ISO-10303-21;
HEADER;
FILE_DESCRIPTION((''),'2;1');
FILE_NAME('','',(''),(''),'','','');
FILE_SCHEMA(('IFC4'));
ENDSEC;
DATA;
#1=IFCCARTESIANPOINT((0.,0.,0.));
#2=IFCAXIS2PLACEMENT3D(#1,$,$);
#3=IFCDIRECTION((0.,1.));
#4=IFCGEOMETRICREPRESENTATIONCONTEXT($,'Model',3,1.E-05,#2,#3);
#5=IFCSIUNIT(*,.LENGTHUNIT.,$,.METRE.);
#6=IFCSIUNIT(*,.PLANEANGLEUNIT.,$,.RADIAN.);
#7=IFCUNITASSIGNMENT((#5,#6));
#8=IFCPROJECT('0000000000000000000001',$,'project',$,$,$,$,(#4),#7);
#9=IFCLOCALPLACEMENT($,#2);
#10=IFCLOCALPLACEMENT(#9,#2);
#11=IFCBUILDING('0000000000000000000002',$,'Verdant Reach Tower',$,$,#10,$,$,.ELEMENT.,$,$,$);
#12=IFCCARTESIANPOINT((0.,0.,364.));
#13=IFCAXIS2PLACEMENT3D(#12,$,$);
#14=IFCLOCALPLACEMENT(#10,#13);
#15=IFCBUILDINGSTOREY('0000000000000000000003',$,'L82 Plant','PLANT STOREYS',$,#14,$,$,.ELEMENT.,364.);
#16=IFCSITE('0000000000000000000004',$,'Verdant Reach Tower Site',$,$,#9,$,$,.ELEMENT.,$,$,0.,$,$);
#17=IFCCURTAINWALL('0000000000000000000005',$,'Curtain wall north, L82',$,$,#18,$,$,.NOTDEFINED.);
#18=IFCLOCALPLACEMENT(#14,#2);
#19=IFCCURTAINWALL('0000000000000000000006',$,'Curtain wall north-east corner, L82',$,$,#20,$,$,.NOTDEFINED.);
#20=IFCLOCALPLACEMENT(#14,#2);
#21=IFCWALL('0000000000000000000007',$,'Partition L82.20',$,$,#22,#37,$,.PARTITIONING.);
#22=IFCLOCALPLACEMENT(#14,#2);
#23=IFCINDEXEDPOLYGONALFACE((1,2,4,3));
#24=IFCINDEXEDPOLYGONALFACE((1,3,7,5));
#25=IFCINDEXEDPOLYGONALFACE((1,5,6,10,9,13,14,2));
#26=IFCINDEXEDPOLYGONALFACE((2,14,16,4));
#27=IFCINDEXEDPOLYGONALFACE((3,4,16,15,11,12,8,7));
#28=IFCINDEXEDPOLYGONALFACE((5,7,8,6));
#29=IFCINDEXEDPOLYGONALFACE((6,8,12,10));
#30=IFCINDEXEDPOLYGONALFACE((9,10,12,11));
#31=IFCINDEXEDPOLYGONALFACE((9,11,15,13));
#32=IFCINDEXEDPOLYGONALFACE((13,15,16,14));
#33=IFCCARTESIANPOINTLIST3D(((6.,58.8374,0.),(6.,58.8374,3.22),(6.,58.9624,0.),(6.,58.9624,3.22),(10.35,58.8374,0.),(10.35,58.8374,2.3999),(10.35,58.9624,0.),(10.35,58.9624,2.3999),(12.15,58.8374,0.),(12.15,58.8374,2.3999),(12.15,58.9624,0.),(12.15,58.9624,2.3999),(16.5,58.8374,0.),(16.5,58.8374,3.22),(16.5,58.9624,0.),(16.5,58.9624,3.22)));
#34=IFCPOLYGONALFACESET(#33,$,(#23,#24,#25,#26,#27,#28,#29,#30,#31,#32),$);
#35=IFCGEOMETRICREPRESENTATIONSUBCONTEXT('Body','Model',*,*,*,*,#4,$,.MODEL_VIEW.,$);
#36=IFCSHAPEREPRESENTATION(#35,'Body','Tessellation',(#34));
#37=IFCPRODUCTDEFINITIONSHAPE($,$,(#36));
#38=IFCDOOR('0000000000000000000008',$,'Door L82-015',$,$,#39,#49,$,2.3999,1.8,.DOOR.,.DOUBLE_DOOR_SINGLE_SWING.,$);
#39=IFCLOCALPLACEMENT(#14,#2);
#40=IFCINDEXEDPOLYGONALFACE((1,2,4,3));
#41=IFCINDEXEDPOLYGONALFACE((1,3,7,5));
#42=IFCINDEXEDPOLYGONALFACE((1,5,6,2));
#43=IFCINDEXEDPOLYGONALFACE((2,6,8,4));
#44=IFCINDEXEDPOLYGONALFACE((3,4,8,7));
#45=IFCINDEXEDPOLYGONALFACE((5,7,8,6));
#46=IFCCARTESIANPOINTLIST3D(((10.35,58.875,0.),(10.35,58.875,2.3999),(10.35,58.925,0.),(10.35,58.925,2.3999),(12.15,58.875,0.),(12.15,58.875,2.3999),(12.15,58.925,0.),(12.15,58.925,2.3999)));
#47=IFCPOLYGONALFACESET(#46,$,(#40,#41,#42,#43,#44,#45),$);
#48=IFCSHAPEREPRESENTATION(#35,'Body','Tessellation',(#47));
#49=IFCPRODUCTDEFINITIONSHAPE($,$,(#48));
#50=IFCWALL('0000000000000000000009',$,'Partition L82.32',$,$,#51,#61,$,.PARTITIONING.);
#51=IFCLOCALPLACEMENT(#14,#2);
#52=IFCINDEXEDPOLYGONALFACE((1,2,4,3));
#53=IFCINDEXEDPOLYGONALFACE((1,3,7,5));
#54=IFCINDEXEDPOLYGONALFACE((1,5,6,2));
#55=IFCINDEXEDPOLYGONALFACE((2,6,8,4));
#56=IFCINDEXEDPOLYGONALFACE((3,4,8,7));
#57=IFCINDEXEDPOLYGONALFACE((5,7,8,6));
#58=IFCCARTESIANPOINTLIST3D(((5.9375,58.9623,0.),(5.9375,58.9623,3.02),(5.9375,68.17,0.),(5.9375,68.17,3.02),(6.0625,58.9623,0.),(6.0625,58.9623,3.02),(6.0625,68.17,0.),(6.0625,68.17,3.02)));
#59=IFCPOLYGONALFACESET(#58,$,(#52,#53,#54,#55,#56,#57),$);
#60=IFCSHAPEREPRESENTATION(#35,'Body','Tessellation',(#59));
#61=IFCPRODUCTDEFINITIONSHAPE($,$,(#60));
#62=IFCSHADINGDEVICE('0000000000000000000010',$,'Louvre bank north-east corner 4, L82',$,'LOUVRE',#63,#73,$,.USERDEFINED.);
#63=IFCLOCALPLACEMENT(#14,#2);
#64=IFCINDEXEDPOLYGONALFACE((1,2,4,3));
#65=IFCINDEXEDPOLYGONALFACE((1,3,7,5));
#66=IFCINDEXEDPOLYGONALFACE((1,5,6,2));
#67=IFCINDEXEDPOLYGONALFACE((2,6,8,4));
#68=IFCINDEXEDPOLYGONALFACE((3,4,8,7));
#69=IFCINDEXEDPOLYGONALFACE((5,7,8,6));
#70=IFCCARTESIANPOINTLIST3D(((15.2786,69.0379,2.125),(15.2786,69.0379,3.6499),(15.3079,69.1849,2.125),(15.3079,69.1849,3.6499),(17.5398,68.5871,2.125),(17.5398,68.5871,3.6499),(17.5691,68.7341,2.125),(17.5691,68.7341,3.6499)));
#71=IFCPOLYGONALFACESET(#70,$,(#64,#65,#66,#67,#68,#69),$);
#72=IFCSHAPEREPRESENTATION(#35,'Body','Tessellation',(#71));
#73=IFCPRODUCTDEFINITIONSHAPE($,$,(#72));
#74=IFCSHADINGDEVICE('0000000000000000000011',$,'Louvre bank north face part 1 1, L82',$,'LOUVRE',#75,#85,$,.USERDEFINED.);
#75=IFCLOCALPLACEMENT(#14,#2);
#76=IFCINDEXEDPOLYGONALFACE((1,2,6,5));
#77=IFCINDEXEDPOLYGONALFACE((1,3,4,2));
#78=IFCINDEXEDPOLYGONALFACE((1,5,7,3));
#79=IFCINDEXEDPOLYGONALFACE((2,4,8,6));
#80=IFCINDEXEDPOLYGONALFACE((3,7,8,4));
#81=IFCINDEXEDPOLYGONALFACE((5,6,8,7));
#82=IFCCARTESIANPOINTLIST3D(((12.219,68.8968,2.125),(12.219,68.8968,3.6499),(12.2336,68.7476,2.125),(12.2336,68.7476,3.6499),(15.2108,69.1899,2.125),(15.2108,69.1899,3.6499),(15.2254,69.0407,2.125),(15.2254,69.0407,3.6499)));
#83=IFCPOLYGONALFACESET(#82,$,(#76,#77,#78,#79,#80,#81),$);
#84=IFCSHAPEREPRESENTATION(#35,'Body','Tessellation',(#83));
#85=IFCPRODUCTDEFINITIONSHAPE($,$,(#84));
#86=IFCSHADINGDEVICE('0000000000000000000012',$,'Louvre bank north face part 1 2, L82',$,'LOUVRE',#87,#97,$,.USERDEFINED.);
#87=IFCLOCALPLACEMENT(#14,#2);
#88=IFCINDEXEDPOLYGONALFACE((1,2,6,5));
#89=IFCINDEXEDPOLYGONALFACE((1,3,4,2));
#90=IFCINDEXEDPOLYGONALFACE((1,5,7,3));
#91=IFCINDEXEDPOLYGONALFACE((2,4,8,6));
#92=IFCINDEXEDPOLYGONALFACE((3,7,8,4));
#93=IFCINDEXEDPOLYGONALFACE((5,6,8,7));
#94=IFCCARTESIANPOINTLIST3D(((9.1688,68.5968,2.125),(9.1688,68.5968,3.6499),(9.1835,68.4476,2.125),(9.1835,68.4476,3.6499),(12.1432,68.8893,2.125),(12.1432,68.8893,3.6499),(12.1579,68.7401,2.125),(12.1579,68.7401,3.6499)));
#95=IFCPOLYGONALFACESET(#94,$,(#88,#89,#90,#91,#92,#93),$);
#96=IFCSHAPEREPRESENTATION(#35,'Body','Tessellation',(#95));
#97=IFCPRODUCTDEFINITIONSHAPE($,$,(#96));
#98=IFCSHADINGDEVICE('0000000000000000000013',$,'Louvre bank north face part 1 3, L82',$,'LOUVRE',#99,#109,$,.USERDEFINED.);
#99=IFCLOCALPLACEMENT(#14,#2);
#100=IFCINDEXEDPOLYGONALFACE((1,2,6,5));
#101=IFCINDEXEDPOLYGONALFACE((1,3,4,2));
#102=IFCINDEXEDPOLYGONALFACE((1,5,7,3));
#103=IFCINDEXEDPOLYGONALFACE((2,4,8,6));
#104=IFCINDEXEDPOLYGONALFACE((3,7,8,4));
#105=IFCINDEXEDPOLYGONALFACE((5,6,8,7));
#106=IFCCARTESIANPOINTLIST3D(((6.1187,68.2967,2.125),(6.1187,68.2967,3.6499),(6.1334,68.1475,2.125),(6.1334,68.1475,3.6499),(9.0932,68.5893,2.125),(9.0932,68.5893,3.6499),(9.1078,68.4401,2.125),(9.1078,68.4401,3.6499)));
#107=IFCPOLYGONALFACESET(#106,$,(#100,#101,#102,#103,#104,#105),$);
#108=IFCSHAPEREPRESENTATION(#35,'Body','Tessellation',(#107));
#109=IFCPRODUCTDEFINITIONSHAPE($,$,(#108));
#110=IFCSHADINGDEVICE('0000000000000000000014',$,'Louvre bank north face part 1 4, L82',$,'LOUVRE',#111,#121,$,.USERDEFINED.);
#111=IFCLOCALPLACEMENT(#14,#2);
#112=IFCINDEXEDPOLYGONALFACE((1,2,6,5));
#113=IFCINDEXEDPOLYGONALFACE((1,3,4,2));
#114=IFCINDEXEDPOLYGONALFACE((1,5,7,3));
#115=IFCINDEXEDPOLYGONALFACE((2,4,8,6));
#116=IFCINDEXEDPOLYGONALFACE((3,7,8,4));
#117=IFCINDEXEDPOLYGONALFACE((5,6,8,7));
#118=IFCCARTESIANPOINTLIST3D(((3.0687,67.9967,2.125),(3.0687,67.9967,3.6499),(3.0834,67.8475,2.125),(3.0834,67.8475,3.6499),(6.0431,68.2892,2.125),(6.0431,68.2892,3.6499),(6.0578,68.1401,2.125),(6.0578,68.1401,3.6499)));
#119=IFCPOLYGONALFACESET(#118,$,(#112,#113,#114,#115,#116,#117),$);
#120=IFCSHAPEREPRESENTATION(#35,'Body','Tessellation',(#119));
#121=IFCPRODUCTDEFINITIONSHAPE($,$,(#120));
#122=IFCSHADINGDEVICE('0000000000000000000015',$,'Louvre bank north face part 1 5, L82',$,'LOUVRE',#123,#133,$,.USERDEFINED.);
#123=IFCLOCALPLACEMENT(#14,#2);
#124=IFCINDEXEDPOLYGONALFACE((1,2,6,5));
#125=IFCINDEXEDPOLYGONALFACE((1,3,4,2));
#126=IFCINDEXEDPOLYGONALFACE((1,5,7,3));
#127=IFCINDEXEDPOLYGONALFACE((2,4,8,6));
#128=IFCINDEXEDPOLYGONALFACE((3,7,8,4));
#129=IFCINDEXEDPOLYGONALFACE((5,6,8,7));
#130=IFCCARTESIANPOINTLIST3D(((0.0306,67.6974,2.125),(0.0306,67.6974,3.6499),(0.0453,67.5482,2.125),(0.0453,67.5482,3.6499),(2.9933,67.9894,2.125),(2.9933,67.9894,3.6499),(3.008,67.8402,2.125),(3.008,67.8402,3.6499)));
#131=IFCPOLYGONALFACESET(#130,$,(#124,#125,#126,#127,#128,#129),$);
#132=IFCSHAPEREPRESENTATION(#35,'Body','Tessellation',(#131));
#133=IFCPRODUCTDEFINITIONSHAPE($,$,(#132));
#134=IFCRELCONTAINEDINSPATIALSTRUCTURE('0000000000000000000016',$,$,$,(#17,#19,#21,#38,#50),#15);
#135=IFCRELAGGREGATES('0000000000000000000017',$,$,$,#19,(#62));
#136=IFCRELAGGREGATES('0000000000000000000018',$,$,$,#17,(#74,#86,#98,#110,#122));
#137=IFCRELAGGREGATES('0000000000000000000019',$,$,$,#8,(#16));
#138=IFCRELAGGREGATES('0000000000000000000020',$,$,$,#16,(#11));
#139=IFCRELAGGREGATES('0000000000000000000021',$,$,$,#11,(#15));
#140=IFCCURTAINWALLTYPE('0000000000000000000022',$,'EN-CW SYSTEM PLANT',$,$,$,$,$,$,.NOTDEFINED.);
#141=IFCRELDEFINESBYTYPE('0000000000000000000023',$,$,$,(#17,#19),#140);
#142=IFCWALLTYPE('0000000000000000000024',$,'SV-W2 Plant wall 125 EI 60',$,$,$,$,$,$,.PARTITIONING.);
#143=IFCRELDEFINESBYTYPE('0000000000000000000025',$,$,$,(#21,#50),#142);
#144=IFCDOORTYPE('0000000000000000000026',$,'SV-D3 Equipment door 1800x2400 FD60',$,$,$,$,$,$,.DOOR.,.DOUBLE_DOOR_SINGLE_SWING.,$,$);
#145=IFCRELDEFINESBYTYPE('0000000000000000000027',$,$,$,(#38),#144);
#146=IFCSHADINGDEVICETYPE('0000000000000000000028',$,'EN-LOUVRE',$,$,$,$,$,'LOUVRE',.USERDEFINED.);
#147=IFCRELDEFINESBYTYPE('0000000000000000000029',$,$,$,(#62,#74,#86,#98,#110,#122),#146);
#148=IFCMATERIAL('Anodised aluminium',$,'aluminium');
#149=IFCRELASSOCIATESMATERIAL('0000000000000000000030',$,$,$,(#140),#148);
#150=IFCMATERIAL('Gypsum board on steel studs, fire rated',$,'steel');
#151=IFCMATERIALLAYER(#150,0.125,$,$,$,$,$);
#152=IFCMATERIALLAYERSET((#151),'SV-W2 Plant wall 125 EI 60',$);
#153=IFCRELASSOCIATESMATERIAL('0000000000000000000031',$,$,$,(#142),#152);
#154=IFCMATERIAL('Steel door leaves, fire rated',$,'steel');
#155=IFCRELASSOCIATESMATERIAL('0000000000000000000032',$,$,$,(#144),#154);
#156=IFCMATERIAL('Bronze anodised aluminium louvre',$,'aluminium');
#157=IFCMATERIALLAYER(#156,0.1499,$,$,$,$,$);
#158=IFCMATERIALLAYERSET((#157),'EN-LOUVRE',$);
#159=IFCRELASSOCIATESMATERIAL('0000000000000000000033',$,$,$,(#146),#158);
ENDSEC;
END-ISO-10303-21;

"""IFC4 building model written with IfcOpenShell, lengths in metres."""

from ifc_helpers import new_model, si_unit, direction, frame, frame_2d, origin, origin_2d, place, context, subcontext, project, spatial, rectangle, extrude, material, layer, layer_set, type_object, element, fill, aggregate, save


model = new_model("IFC4")

# Units and contexts
model_context = context("Model", 3, precision=1e-05, world=origin(), true_north=direction((0.0, 1.0)))
body_context = subcontext(model_context, "Body", "Model", "MODEL_VIEW")
ifc_project = project(units=[si_unit("LENGTHUNIT", "METRE"), si_unit("PLANEANGLEUNIT", "RADIAN")], contexts=[model_context])

# Site, building, storey
site_placement = place(None, origin())
site = spatial("IfcSite", under=ifc_project, at=site_placement, Name="Verdant Reach Tower Site", CompositionType="ELEMENT", RefElevation=0.0)
building_placement = place(site_placement, origin())
building = spatial("IfcBuilding", under=site, at=building_placement, Name="Verdant Reach Tower", CompositionType="ELEMENT")
storey_placement = place(building_placement, frame((0.0, 0.0, 364.0)))
storey = spatial("IfcBuildingStorey", under=building, at=storey_placement, Name="L82 Plant", Description="PLANT STOREYS", CompositionType="ELEMENT", Elevation=364.0)

# Curtain wall
ifc_material_1 = material(Name="Anodised aluminium", Category="aluminium")
curtain_wall_type = type_object("IfcCurtainWallType", Name="EN-CW SYSTEM PLANT", PredefinedType="NOTDEFINED", material=ifc_material_1)
curtain_wall_1_placement = place(storey_placement, origin())
curtain_wall_1 = element("IfcCurtainWall", 1, at=curtain_wall_1_placement, inside=storey, type_object=curtain_wall_type, Name="Curtain wall north, L82", PredefinedType="NOTDEFINED")

# Curtain wall
curtain_wall_2_placement = place(storey_placement, origin())
curtain_wall_2 = element("IfcCurtainWall", 2, at=curtain_wall_2_placement, inside=storey, type_object=curtain_wall_type, Name="Curtain wall north-east corner, L82", PredefinedType="NOTDEFINED")

# Wall, opening, door
ifc_material_2 = material(Name="Gypsum board on steel studs, fire rated", Category="steel")
ifc_layer_1 = layer(ifc_material_2, 0.125)
ifc_layer_set_1 = layer_set([ifc_layer_1], Name="SV-W2 Plant wall 125 EI 60")
wall_type = type_object("IfcWallType", Name="SV-W2 Plant wall 125 EI 60", PredefinedType="PARTITIONING", material=ifc_layer_set_1)
wall_1_placement = place(storey_placement, frame((16.5, 58.8999, 0.0), z_axis=(0.0, 0.0, 1.0), x_axis=(-1.0, 0.0, 0.0)))
wall_1 = element("IfcWall", 3, at=wall_1_placement, inside=storey, type_object=wall_type, Name="Partition L82.20", PredefinedType="PARTITIONING", context=body_context, shape_type="SweptSolid", body=[
    extrude(rectangle(XDim=10.5, YDim=0.125, at=frame_2d((5.25, 0.0))), origin(), (0.0, 0.0, 1.0), 3.22),
])
opening_placement = place(wall_1_placement, frame((4.3501, 0.0, 0.0)))
opening = element("IfcOpeningElement", 4, at=opening_placement, cuts=wall_1, PredefinedType="OPENING", context=body_context, shape_type="SweptSolid", body=[
    extrude(rectangle(XDim=1.8, YDim=2.3999, at=frame_2d((0.8999, 1.2))), frame((0.0, 0.0725, 0.0), z_axis=(0.0, -1.0, 0.0), x_axis=(1.0, 0.0, 0.0)), (0.0, 0.0, 1.0), 0.145),
])
ifc_material_3 = material(Name="Steel door leaves, fire rated", Category="steel")
door_type = type_object("IfcDoorType", Name="SV-D3 Equipment door 1800x2400 FD60", OperationType="DOUBLE_DOOR_SINGLE_SWING", PredefinedType="DOOR", material=ifc_material_3)
door_placement = place(opening_placement, origin())
door = element("IfcDoor", 5, at=door_placement, inside=storey, type_object=door_type, Name="Door L82-015", OperationType="DOUBLE_DOOR_SINGLE_SWING", OverallHeight=2.3999, OverallWidth=1.8, PredefinedType="DOOR", context=body_context, shape_type="SweptSolid", body=[
    extrude(rectangle(XDim=1.8, YDim=2.3999, at=frame_2d((0.8999, 1.2))), frame((0.0, 0.0249, 0.0), z_axis=(0.0, -1.0, 0.0), x_axis=(1.0, 0.0, 0.0)), (0.0, 0.0, 1.0), 0.05),
])
fill(opening, door)

# Wall
wall_2_placement = place(storey_placement, frame((6.0, 68.1702, 0.0), z_axis=(0.0, 0.0, 1.0), x_axis=(0.0, -1.0, 0.0)))
element("IfcWall", 6, at=wall_2_placement, inside=storey, type_object=wall_type, Name="Partition L82.32", PredefinedType="PARTITIONING", context=body_context, shape_type="SweptSolid", body=[
    extrude(rectangle(XDim=9.2078, YDim=0.125, at=frame_2d((4.604, 0.0))), origin(), (0.0, 0.0, 1.0), 3.02),
])

# Shading devices
ifc_material_4 = material(Name="Bronze anodised aluminium louvre", Category="aluminium")
ifc_layer_2 = layer(ifc_material_4, 0.1499)
ifc_layer_set_2 = layer_set([ifc_layer_2], Name="EN-LOUVRE")
shading_device_type = type_object("IfcShadingDeviceType", Name="EN-LOUVRE", ElementType="LOUVRE", PredefinedType="USERDEFINED", material=ifc_layer_set_2)
shading_device_1_placement = place(storey_placement, frame((16.4238, 68.886, 2.125), z_axis=(0.0, 0.0, 1.0), x_axis=(-0.980705, 0.195493, 0.0)))
shading_device_1 = element("IfcShadingDevice", 7, at=shading_device_1_placement, type_object=shading_device_type, Name="Louvre bank north-east corner 4, L82", ObjectType="LOUVRE", PredefinedType="USERDEFINED", context=body_context, shape_type="SweptSolid", body=[
    extrude(rectangle(XDim=2.3057, YDim=0.1499, at=origin_2d()), origin(), (0.0, 0.0, 1.0), 1.5249),
])
aggregate(curtain_wall_2, [shading_device_1])
shading_device_2_placement = place(storey_placement, frame((13.7222, 68.9688, 2.125), z_axis=(0.0, 0.0, 1.0), x_axis=(-0.995238, -0.097473, 0.0)))
shading_device_2 = element("IfcShadingDevice", 8, at=shading_device_2_placement, type_object=shading_device_type, Name="Louvre bank north face part 1 1, L82", ObjectType="LOUVRE", PredefinedType="USERDEFINED", context=body_context, shape_type="SweptSolid", body=[
    extrude(rectangle(XDim=3.0061, YDim=0.1499, at=origin_2d()), origin(), (0.0, 0.0, 1.0), 1.5249),
])
shading_device_3_placement = place(storey_placement, frame((10.6633, 68.6685, 2.125), z_axis=(0.0, 0.0, 1.0), x_axis=(-0.995197, -0.097888, 0.0)))
shading_device_3 = element("IfcShadingDevice", 9, at=shading_device_3_placement, type_object=shading_device_type, Name="Louvre bank north face part 1 2, L82", ObjectType="LOUVRE", PredefinedType="USERDEFINED", context=body_context, shape_type="SweptSolid", body=[
    extrude(rectangle(XDim=2.9888, YDim=0.1499, at=origin_2d()), origin(), (0.0, 0.0, 1.0), 1.5249),
])
shading_device_4_placement = place(storey_placement, frame((7.6133, 68.3684, 2.125), z_axis=(0.0, 0.0, 1.0), x_axis=(-0.995197, -0.097888, 0.0)))
shading_device_4 = element("IfcShadingDevice", 10, at=shading_device_4_placement, type_object=shading_device_type, Name="Louvre bank north face part 1 3, L82", ObjectType="LOUVRE", PredefinedType="USERDEFINED", context=body_context, shape_type="SweptSolid", body=[
    extrude(rectangle(XDim=2.9888, YDim=0.1499, at=origin_2d()), origin(), (0.0, 0.0, 1.0), 1.5249),
])
shading_device_5_placement = place(storey_placement, frame((4.5632, 68.0684, 2.125), z_axis=(0.0, 0.0, 1.0), x_axis=(-0.995197, -0.097888, 0.0)))
shading_device_5 = element("IfcShadingDevice", 11, at=shading_device_5_placement, type_object=shading_device_type, Name="Louvre bank north face part 1 4, L82", ObjectType="LOUVRE", PredefinedType="USERDEFINED", context=body_context, shape_type="SweptSolid", body=[
    extrude(rectangle(XDim=2.9888, YDim=0.1499, at=origin_2d()), origin(), (0.0, 0.0, 1.0), 1.5249),
])
shading_device_6_placement = place(storey_placement, frame((1.5193, 67.7688, 2.125), z_axis=(0.0, 0.0, 1.0), x_axis=(-0.995179, -0.098075, 0.0)))
shading_device_6 = element("IfcShadingDevice", 12, at=shading_device_6_placement, type_object=shading_device_type, Name="Louvre bank north face part 1 5, L82", ObjectType="LOUVRE", PredefinedType="USERDEFINED", context=body_context, shape_type="SweptSolid", body=[
    extrude(rectangle(XDim=2.9771, YDim=0.1499, at=origin_2d()), origin(), (0.0, 0.0, 1.0), 1.5249),
])
aggregate(curtain_wall_1, [shading_device_2, shading_device_3, shading_device_4, shading_device_5, shading_device_6])

save(model, "model.ifc")
